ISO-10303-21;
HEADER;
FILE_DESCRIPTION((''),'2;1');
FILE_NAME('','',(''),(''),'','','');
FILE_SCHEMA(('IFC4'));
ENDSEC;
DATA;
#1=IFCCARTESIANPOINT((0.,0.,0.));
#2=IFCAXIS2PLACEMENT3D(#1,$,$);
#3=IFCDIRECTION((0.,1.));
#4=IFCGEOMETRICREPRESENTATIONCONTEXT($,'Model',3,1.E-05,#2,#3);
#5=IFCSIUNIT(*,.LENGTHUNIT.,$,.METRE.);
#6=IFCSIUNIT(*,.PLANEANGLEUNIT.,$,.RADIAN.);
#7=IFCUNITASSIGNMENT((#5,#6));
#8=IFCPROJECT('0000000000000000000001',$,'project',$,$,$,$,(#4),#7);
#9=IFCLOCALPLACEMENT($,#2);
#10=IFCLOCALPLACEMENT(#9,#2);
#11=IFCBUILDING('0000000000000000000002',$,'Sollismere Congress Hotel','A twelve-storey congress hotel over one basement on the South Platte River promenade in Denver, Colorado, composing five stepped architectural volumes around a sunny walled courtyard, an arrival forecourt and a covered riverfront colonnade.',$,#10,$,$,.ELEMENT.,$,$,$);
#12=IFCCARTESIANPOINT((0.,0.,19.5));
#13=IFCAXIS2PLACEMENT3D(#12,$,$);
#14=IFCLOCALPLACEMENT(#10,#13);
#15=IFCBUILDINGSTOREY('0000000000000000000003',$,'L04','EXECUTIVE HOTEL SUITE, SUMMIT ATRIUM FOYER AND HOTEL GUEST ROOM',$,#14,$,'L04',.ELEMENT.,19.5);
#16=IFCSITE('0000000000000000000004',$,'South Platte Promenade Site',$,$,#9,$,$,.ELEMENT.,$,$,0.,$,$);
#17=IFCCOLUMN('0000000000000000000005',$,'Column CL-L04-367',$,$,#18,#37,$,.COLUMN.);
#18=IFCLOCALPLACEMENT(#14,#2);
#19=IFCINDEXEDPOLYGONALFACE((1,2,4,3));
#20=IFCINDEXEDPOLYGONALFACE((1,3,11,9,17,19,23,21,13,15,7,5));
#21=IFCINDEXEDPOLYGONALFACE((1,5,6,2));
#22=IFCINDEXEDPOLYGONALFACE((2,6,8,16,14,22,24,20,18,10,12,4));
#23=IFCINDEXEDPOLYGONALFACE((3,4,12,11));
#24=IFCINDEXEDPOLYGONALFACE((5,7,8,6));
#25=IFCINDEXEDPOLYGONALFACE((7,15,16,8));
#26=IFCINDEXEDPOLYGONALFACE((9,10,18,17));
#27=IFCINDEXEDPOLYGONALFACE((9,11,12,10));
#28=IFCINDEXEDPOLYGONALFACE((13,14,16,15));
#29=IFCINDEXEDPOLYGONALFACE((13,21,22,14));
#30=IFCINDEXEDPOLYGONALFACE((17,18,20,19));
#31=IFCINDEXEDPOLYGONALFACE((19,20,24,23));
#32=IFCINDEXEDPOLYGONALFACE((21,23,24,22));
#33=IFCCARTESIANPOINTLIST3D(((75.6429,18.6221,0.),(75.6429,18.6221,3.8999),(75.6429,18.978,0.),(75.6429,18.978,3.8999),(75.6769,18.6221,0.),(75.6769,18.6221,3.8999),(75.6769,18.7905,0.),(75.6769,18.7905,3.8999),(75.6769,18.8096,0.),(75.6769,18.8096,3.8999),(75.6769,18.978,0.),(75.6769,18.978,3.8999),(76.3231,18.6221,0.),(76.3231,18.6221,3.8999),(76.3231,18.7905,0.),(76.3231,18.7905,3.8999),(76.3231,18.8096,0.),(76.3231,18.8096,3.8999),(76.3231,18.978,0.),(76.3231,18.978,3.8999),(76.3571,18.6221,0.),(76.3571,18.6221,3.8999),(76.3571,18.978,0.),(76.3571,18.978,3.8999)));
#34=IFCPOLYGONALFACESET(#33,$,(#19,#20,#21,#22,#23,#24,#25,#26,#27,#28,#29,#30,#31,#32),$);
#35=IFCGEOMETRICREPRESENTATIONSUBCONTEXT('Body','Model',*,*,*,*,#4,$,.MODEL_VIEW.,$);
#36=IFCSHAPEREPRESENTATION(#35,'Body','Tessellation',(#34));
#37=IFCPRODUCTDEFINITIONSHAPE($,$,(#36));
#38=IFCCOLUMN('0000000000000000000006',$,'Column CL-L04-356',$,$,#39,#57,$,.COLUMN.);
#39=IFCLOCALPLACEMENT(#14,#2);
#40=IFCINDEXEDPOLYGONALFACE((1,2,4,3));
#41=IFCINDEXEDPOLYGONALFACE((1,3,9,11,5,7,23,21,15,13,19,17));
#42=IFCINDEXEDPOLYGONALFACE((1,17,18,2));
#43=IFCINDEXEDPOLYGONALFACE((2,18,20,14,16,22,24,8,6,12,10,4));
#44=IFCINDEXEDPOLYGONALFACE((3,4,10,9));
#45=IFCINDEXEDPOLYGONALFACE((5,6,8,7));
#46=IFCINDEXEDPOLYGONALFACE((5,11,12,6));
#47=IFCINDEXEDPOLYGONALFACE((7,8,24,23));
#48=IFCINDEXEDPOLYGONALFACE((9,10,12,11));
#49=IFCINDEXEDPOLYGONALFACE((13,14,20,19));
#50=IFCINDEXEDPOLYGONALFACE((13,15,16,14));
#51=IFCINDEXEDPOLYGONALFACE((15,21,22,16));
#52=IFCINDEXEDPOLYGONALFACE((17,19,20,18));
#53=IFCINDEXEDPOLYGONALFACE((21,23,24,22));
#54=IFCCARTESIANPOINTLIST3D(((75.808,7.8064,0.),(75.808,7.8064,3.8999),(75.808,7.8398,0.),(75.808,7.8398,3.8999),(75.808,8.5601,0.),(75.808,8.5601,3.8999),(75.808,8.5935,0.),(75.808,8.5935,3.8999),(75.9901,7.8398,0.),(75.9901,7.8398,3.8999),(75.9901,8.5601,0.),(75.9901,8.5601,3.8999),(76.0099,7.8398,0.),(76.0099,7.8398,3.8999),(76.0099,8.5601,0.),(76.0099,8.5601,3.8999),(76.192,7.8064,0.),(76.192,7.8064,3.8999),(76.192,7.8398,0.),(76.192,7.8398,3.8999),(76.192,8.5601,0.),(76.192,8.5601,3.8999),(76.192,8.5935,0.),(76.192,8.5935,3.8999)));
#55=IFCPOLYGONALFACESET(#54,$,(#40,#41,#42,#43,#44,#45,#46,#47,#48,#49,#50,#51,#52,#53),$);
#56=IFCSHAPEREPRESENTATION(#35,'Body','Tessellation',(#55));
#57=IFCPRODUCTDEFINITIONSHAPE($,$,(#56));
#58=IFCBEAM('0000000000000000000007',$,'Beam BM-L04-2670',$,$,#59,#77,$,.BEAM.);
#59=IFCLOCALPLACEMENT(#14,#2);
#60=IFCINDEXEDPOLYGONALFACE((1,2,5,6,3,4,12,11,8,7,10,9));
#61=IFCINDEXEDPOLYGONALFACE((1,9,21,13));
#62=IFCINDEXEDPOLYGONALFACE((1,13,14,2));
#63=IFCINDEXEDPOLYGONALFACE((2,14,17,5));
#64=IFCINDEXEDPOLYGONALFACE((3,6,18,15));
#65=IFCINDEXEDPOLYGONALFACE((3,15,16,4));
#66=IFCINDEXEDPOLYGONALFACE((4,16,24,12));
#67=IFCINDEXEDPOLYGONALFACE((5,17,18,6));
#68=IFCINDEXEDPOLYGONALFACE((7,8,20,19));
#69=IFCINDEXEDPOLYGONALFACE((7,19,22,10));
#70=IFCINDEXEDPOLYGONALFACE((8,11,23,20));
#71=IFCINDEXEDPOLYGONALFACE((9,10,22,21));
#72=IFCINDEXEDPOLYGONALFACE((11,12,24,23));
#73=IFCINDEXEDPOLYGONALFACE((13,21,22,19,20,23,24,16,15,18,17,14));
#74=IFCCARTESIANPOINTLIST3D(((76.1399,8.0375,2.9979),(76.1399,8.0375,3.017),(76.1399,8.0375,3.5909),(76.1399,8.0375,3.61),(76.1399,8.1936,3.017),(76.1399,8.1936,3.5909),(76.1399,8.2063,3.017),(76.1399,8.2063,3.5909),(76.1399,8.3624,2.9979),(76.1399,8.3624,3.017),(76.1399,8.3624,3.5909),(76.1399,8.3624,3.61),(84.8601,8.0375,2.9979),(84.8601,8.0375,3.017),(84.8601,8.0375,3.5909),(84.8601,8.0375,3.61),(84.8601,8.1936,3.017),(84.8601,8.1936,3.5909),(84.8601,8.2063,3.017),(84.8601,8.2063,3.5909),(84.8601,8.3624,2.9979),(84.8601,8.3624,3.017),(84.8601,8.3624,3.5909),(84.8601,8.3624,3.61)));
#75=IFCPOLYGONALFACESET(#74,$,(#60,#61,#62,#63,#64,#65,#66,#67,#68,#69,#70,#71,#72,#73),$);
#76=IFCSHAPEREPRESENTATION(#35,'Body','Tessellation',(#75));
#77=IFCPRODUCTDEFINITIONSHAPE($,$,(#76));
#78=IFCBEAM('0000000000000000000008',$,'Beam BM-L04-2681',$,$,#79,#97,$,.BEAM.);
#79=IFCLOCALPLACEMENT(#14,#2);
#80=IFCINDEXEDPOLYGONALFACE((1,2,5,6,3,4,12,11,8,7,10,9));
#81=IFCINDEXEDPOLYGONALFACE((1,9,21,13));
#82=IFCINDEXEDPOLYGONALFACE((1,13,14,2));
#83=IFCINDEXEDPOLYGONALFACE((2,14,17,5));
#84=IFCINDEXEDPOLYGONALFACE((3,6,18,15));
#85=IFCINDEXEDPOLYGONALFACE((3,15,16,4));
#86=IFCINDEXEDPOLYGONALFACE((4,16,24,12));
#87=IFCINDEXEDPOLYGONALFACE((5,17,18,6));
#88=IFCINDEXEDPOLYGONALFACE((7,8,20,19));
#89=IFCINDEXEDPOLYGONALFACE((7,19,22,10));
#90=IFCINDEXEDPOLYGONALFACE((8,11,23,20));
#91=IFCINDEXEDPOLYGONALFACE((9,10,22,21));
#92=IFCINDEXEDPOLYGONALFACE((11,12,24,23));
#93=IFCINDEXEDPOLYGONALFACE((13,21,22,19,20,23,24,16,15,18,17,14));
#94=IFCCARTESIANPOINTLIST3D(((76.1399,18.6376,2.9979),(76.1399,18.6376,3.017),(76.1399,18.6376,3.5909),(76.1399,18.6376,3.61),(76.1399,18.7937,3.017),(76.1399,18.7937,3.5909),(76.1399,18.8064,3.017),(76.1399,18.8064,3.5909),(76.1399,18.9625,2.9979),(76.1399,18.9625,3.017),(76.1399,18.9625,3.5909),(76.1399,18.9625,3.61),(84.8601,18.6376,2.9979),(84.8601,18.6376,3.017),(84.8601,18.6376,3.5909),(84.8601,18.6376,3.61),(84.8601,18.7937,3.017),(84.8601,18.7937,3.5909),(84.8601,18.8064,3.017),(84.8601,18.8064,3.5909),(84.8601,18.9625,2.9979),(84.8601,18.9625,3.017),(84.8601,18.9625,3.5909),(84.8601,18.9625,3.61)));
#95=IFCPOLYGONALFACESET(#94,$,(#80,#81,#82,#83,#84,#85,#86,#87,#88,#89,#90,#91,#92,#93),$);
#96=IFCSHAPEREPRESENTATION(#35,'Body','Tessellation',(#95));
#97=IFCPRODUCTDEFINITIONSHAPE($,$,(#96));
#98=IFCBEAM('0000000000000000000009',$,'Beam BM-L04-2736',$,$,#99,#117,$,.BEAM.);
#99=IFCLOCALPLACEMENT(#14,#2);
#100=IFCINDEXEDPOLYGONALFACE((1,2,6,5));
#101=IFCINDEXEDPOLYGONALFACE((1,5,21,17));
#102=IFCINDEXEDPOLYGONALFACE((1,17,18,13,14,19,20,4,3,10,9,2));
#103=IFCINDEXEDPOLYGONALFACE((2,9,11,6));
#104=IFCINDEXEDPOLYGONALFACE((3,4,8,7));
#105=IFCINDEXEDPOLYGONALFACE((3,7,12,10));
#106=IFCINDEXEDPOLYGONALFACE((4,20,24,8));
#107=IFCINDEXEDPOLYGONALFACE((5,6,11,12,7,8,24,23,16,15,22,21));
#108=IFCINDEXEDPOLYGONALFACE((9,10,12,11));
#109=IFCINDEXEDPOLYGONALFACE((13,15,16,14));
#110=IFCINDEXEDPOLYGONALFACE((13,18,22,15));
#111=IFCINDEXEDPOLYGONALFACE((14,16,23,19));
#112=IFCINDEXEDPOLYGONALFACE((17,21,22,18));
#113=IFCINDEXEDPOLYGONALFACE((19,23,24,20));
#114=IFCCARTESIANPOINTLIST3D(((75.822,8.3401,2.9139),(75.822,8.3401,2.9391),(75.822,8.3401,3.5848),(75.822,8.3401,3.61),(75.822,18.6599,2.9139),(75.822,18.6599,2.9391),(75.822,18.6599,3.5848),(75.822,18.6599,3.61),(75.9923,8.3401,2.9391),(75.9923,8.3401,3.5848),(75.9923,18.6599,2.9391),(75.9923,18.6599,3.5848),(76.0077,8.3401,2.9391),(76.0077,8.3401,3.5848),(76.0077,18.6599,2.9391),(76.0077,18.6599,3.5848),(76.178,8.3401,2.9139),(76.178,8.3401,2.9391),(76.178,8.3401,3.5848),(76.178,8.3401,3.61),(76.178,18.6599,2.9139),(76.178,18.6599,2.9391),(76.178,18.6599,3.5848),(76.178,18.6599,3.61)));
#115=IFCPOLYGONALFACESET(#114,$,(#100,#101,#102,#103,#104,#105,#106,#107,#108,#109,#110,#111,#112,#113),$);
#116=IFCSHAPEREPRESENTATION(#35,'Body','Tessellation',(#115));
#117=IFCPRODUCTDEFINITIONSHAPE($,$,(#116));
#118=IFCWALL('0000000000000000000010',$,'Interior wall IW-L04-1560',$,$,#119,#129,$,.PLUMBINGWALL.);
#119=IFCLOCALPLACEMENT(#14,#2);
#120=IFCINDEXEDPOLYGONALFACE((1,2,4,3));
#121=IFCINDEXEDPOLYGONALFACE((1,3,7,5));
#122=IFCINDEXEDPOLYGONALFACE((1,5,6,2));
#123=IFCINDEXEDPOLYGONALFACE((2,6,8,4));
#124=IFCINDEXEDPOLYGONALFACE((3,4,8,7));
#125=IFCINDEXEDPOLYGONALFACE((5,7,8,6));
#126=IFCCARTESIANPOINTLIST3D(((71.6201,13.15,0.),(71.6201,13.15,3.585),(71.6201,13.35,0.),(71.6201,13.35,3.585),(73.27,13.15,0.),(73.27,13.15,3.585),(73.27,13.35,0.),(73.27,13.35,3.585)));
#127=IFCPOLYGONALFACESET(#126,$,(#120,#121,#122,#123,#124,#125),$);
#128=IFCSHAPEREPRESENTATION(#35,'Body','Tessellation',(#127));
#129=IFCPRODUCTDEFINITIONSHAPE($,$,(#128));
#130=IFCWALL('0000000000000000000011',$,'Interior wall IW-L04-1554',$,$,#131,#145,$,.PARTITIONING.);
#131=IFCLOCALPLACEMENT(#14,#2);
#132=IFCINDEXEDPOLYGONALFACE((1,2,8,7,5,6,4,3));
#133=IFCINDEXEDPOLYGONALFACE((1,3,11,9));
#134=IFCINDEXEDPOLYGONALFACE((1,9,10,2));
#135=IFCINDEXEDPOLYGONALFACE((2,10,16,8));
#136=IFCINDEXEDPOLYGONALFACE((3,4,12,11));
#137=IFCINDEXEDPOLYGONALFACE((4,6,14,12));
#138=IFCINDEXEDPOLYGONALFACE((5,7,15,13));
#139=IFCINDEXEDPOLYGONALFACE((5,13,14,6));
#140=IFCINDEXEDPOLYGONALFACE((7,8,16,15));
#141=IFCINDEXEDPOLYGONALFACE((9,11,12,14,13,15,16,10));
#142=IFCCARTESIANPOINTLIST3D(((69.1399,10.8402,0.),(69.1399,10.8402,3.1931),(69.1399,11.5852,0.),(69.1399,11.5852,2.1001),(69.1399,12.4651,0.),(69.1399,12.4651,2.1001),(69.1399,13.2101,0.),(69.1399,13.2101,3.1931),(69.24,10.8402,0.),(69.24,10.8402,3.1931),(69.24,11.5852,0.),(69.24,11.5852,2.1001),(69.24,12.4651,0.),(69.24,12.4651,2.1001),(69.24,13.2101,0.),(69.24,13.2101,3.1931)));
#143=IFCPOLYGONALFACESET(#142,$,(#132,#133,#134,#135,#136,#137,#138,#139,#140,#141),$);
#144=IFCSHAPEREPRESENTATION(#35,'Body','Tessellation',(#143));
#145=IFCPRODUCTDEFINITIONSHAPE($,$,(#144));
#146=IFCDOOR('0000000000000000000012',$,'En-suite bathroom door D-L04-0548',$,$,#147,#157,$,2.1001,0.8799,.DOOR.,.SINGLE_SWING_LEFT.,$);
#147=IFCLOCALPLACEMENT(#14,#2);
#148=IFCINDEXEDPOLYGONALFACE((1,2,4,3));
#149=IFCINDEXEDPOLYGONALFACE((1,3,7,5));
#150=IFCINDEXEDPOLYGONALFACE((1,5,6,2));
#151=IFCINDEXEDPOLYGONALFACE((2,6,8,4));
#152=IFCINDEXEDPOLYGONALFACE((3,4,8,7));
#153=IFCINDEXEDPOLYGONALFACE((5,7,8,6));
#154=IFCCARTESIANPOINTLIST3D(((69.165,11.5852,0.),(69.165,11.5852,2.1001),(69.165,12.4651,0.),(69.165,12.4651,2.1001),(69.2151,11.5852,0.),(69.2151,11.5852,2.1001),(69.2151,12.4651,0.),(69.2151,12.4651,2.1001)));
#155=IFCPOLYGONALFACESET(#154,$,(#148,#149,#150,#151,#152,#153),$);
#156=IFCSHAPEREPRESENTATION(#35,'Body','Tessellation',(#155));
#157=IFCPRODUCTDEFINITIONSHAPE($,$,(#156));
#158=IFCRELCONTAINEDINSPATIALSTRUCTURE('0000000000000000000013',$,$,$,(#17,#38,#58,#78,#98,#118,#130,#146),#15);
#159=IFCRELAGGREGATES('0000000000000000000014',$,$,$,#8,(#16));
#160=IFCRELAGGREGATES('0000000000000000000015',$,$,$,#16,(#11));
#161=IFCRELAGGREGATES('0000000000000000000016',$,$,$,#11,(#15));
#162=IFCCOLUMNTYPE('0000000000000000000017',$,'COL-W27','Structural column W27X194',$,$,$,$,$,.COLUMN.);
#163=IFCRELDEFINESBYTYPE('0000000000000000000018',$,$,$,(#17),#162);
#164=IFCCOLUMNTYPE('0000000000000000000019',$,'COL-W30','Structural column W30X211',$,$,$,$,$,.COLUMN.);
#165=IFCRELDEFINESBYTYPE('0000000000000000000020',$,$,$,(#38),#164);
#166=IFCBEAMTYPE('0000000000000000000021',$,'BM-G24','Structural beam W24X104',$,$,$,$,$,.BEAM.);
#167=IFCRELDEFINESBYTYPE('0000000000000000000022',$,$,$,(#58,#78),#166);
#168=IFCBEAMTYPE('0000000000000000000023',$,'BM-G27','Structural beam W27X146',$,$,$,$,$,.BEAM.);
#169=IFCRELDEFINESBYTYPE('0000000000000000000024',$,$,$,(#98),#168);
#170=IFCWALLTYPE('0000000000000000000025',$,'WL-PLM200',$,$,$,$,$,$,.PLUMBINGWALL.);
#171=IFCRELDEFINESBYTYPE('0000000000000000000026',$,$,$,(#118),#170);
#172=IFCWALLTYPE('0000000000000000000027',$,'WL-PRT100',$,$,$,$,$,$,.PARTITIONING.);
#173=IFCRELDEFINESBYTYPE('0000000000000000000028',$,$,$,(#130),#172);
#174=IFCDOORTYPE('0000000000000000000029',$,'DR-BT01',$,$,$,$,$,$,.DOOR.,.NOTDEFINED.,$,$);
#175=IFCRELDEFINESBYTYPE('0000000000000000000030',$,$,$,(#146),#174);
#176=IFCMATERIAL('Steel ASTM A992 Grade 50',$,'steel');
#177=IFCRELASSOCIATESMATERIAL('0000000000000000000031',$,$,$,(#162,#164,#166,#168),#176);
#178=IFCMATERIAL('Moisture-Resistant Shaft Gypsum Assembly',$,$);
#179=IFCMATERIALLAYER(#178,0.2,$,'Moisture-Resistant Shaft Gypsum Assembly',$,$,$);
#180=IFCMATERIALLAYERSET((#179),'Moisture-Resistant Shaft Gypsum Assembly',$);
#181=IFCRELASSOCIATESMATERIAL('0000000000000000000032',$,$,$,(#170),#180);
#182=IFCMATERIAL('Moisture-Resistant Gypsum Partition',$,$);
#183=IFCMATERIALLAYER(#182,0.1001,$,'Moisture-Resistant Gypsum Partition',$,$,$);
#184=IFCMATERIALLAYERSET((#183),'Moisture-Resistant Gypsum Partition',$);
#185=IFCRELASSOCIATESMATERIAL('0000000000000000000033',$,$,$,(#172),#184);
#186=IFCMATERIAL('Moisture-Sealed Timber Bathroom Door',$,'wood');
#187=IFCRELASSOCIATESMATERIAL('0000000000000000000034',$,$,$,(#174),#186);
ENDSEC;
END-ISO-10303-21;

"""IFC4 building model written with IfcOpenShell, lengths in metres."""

from ifc_helpers import new_model, si_unit, direction, frame, frame_2d, origin, origin_2d, place, context, subcontext, project, spatial, rectangle, i_section, extrude, material, layer, layer_set, material_profile, profile_set, type_object, element, fill, save


model = new_model("IFC4")

# Units and contexts
model_context = context("Model", 3, precision=1e-05, world=origin(), true_north=direction((0.0, 1.0)))
body_context = subcontext(model_context, "Body", "Model", "MODEL_VIEW")
ifc_project = project(units=[si_unit("LENGTHUNIT", "METRE"), si_unit("PLANEANGLEUNIT", "RADIAN")], contexts=[model_context])

# Site, building, storey
site_placement = place(None, origin())
site = spatial("IfcSite", under=ifc_project, at=site_placement, Name="South Platte Promenade Site", CompositionType="ELEMENT", RefElevation=0.0)
building_placement = place(site_placement, origin())
building = spatial("IfcBuilding", under=site, at=building_placement, Name="Sollismere Congress Hotel", Description="A twelve-storey congress hotel over one basement on the South Platte River promenade in Denver, Colorado, composing five stepped architectural volumes around a sunny walled courtyard, an arrival forecourt and a covered riverfront colonnade.", CompositionType="ELEMENT")
storey_placement = place(building_placement, frame((0.0, 0.0, 19.5)))
storey = spatial("IfcBuildingStorey", under=building, at=storey_placement, Name="L04", Description="EXECUTIVE HOTEL SUITE, SUMMIT ATRIUM FOYER AND HOTEL GUEST ROOM", LongName="L04", CompositionType="ELEMENT", Elevation=19.5)

# Columns
ifc_material_1 = material(Name="Steel ASTM A992 Grade 50", Category="steel")
ifc_material_profile_1 = material_profile(ifc_material_1, i_section(OverallWidth=0.356, OverallDepth=0.7141, WebThickness=0.019, FlangeThickness=0.0339, at=origin_2d()), Name="W27X194")
ifc_profile_set_1 = profile_set([ifc_material_profile_1], Name="Steel ASTM A992 Grade 50")
column_type_1 = type_object("IfcColumnType", Name="COL-W27", Description="Structural column W27X194", PredefinedType="COLUMN", material=ifc_profile_set_1)
column_1_placement = place(storey_placement, frame((76.0, 18.8, 0.0), z_axis=(0.0, 0.0, 1.0), x_axis=(0.0, 1.0, 0.0)))
element("IfcColumn", 1, at=column_1_placement, inside=storey, type_object=column_type_1, Name="Column CL-L04-367", PredefinedType="COLUMN", context=body_context, shape_type="SweptSolid", body=[
    extrude(i_section(OverallWidth=0.356, OverallDepth=0.7141, WebThickness=0.019, FlangeThickness=0.0339, at=origin_2d()), origin(), (0.0, 0.0, 1.0), 3.8999),
])
ifc_material_profile_2 = material_profile(ifc_material_1, i_section(OverallWidth=0.384, OverallDepth=0.7871, WebThickness=0.0198, FlangeThickness=0.0334, at=origin_2d()), Name="W30X211")
ifc_profile_set_2 = profile_set([ifc_material_profile_2], Name="Steel ASTM A992 Grade 50")
column_type_2 = type_object("IfcColumnType", Name="COL-W30", Description="Structural column W30X211", PredefinedType="COLUMN", material=ifc_profile_set_2)
column_2_placement = place(storey_placement, frame((76.0, 8.2, 0.0), z_axis=(0.0, 0.0, 1.0), x_axis=(1.0, 0.0, 0.0)))
element("IfcColumn", 2, at=column_2_placement, inside=storey, type_object=column_type_2, Name="Column CL-L04-356", PredefinedType="COLUMN", context=body_context, shape_type="SweptSolid", body=[
    extrude(i_section(OverallWidth=0.384, OverallDepth=0.7871, WebThickness=0.0198, FlangeThickness=0.0334, at=origin_2d()), origin(), (0.0, 0.0, 1.0), 3.8999),
])

# Beams
ifc_material_profile_3 = material_profile(ifc_material_1, i_section(OverallWidth=0.325, OverallDepth=0.6121, WebThickness=0.0127, FlangeThickness=0.019, at=origin_2d()), Name="W24X104")
ifc_profile_set_3 = profile_set([ifc_material_profile_3], Name="Steel ASTM A992 Grade 50")
beam_type_1 = type_object("IfcBeamType", Name="BM-G24", Description="Structural beam W24X104", PredefinedType="BEAM", material=ifc_profile_set_3)
for number, where, z_axis, x_axis, name in (
    (3, (76.1399, 8.2, 3.304), (1.0, 0.0, 0.0), (0.0, 1.0, 0.0), "Beam BM-L04-2670"),
    (4, (76.1399, 18.8, 3.304), (1.0, 0.0, 0.0), (0.0, 1.0, 0.0), "Beam BM-L04-2681"),
):
    element("IfcBeam", number, at=place(storey_placement, frame(where, z_axis=z_axis, x_axis=x_axis)), inside=storey, type_object=beam_type_1, Name=name, PredefinedType="BEAM", context=body_context, shape_type="SweptSolid", body=[
        extrude(i_section(OverallWidth=0.325, OverallDepth=0.6121, WebThickness=0.0127, FlangeThickness=0.019, at=origin_2d()), origin(), (0.0, 0.0, 1.0), 8.7202),
    ])
ifc_material_profile_4 = material_profile(ifc_material_1, i_section(OverallWidth=0.356, OverallDepth=0.696, WebThickness=0.0154, FlangeThickness=0.0251, at=origin_2d()), Name="W27X146")
ifc_profile_set_4 = profile_set([ifc_material_profile_4], Name="Steel ASTM A992 Grade 50")
beam_type_2 = type_object("IfcBeamType", Name="BM-G27", Description="Structural beam W27X146", PredefinedType="BEAM", material=ifc_profile_set_4)
beam_placement = place(storey_placement, frame((76.0, 8.3401, 3.262), z_axis=(0.0, 1.0, 0.0), x_axis=(-1.0, 0.0, 0.0)))
element("IfcBeam", 5, at=beam_placement, inside=storey, type_object=beam_type_2, Name="Beam BM-L04-2736", PredefinedType="BEAM", context=body_context, shape_type="SweptSolid", body=[
    extrude(i_section(OverallWidth=0.356, OverallDepth=0.696, WebThickness=0.0154, FlangeThickness=0.0251, at=origin_2d()), origin(), (0.0, 0.0, 1.0), 10.3198),
])

# Wall
ifc_material_2 = material(Name="Moisture-Resistant Shaft Gypsum Assembly")
ifc_layer_1 = layer(ifc_material_2, 0.2, Name="Moisture-Resistant Shaft Gypsum Assembly")
ifc_layer_set_1 = layer_set([ifc_layer_1], Name="Moisture-Resistant Shaft Gypsum Assembly")
wall_type_1 = type_object("IfcWallType", Name="WL-PLM200", PredefinedType="PLUMBINGWALL", material=ifc_layer_set_1)
wall_1_placement = place(storey_placement, frame((71.6201, 13.25, 0.0), z_axis=(0.0, 0.0, 1.0), x_axis=(1.0, 0.0, 0.0)))
element("IfcWall", 6, at=wall_1_placement, inside=storey, type_object=wall_type_1, Name="Interior wall IW-L04-1560", PredefinedType="PLUMBINGWALL", context=body_context, shape_type="SweptSolid", body=[
    extrude(rectangle(XDim=1.6499, YDim=0.2, at=frame_2d((0.825, 0.0))), origin(), (0.0, 0.0, 1.0), 3.585),
])

# Wall, opening, door
ifc_material_3 = material(Name="Moisture-Resistant Gypsum Partition")
ifc_layer_2 = layer(ifc_material_3, 0.1001, Name="Moisture-Resistant Gypsum Partition")
ifc_layer_set_2 = layer_set([ifc_layer_2], Name="Moisture-Resistant Gypsum Partition")
wall_type_2 = type_object("IfcWallType", Name="WL-PRT100", PredefinedType="PARTITIONING", material=ifc_layer_set_2)
wall_2_placement = place(storey_placement, frame((69.1899, 10.8401, 0.0), z_axis=(0.0, 0.0, 1.0), x_axis=(0.0, 1.0, 0.0)))
wall_2 = element("IfcWall", 7, at=wall_2_placement, inside=storey, type_object=wall_type_2, Name="Interior wall IW-L04-1554", PredefinedType="PARTITIONING", context=body_context, shape_type="SweptSolid", body=[
    extrude(rectangle(XDim=2.3699, YDim=0.1001, at=frame_2d((1.1851, 0.0))), origin(), (0.0, 0.0, 1.0), 3.1931),
])
opening_1_placement = place(wall_2_placement, frame((0.7451, 0.0, 0.0)))
opening_1 = element("IfcOpeningElement", 8, at=opening_1_placement, cuts=wall_2, PredefinedType="OPENING", context=body_context, shape_type="SweptSolid", body=[
    extrude(rectangle(XDim=0.8799, YDim=2.1001, at=frame_2d((0.4399, 1.05))), frame((0.0, 0.0601, 0.0), z_axis=(0.0, -1.0, 0.0), x_axis=(1.0, 0.0, 0.0)), (0.0, 0.0, 1.0), 0.1201),
])
ifc_material_4 = material(Name="Moisture-Sealed Timber Bathroom Door", Category="wood")
door_type_1 = type_object("IfcDoorType", Name="DR-BT01", OperationType="NOTDEFINED", PredefinedType="DOOR", material=ifc_material_4)
door_1_placement = place(opening_1_placement, origin())
door_1 = element("IfcDoor", 9, at=door_1_placement, inside=storey, type_object=door_type_1, Name="En-suite bathroom door D-L04-0548", OperationType="SINGLE_SWING_LEFT", OverallHeight=2.1001, OverallWidth=0.8799, PredefinedType="DOOR", context=body_context, shape_type="SweptSolid", body=[
    extrude(rectangle(XDim=0.8799, YDim=2.1001, at=frame_2d((0.4399, 1.05))), frame((0.0, 0.0249, 0.0), z_axis=(0.0, -1.0, 0.0), x_axis=(1.0, 0.0, 0.0)), (0.0, 0.0, 1.0), 0.05),
])
fill(opening_1, door_1)

save(model, "model.ifc")
